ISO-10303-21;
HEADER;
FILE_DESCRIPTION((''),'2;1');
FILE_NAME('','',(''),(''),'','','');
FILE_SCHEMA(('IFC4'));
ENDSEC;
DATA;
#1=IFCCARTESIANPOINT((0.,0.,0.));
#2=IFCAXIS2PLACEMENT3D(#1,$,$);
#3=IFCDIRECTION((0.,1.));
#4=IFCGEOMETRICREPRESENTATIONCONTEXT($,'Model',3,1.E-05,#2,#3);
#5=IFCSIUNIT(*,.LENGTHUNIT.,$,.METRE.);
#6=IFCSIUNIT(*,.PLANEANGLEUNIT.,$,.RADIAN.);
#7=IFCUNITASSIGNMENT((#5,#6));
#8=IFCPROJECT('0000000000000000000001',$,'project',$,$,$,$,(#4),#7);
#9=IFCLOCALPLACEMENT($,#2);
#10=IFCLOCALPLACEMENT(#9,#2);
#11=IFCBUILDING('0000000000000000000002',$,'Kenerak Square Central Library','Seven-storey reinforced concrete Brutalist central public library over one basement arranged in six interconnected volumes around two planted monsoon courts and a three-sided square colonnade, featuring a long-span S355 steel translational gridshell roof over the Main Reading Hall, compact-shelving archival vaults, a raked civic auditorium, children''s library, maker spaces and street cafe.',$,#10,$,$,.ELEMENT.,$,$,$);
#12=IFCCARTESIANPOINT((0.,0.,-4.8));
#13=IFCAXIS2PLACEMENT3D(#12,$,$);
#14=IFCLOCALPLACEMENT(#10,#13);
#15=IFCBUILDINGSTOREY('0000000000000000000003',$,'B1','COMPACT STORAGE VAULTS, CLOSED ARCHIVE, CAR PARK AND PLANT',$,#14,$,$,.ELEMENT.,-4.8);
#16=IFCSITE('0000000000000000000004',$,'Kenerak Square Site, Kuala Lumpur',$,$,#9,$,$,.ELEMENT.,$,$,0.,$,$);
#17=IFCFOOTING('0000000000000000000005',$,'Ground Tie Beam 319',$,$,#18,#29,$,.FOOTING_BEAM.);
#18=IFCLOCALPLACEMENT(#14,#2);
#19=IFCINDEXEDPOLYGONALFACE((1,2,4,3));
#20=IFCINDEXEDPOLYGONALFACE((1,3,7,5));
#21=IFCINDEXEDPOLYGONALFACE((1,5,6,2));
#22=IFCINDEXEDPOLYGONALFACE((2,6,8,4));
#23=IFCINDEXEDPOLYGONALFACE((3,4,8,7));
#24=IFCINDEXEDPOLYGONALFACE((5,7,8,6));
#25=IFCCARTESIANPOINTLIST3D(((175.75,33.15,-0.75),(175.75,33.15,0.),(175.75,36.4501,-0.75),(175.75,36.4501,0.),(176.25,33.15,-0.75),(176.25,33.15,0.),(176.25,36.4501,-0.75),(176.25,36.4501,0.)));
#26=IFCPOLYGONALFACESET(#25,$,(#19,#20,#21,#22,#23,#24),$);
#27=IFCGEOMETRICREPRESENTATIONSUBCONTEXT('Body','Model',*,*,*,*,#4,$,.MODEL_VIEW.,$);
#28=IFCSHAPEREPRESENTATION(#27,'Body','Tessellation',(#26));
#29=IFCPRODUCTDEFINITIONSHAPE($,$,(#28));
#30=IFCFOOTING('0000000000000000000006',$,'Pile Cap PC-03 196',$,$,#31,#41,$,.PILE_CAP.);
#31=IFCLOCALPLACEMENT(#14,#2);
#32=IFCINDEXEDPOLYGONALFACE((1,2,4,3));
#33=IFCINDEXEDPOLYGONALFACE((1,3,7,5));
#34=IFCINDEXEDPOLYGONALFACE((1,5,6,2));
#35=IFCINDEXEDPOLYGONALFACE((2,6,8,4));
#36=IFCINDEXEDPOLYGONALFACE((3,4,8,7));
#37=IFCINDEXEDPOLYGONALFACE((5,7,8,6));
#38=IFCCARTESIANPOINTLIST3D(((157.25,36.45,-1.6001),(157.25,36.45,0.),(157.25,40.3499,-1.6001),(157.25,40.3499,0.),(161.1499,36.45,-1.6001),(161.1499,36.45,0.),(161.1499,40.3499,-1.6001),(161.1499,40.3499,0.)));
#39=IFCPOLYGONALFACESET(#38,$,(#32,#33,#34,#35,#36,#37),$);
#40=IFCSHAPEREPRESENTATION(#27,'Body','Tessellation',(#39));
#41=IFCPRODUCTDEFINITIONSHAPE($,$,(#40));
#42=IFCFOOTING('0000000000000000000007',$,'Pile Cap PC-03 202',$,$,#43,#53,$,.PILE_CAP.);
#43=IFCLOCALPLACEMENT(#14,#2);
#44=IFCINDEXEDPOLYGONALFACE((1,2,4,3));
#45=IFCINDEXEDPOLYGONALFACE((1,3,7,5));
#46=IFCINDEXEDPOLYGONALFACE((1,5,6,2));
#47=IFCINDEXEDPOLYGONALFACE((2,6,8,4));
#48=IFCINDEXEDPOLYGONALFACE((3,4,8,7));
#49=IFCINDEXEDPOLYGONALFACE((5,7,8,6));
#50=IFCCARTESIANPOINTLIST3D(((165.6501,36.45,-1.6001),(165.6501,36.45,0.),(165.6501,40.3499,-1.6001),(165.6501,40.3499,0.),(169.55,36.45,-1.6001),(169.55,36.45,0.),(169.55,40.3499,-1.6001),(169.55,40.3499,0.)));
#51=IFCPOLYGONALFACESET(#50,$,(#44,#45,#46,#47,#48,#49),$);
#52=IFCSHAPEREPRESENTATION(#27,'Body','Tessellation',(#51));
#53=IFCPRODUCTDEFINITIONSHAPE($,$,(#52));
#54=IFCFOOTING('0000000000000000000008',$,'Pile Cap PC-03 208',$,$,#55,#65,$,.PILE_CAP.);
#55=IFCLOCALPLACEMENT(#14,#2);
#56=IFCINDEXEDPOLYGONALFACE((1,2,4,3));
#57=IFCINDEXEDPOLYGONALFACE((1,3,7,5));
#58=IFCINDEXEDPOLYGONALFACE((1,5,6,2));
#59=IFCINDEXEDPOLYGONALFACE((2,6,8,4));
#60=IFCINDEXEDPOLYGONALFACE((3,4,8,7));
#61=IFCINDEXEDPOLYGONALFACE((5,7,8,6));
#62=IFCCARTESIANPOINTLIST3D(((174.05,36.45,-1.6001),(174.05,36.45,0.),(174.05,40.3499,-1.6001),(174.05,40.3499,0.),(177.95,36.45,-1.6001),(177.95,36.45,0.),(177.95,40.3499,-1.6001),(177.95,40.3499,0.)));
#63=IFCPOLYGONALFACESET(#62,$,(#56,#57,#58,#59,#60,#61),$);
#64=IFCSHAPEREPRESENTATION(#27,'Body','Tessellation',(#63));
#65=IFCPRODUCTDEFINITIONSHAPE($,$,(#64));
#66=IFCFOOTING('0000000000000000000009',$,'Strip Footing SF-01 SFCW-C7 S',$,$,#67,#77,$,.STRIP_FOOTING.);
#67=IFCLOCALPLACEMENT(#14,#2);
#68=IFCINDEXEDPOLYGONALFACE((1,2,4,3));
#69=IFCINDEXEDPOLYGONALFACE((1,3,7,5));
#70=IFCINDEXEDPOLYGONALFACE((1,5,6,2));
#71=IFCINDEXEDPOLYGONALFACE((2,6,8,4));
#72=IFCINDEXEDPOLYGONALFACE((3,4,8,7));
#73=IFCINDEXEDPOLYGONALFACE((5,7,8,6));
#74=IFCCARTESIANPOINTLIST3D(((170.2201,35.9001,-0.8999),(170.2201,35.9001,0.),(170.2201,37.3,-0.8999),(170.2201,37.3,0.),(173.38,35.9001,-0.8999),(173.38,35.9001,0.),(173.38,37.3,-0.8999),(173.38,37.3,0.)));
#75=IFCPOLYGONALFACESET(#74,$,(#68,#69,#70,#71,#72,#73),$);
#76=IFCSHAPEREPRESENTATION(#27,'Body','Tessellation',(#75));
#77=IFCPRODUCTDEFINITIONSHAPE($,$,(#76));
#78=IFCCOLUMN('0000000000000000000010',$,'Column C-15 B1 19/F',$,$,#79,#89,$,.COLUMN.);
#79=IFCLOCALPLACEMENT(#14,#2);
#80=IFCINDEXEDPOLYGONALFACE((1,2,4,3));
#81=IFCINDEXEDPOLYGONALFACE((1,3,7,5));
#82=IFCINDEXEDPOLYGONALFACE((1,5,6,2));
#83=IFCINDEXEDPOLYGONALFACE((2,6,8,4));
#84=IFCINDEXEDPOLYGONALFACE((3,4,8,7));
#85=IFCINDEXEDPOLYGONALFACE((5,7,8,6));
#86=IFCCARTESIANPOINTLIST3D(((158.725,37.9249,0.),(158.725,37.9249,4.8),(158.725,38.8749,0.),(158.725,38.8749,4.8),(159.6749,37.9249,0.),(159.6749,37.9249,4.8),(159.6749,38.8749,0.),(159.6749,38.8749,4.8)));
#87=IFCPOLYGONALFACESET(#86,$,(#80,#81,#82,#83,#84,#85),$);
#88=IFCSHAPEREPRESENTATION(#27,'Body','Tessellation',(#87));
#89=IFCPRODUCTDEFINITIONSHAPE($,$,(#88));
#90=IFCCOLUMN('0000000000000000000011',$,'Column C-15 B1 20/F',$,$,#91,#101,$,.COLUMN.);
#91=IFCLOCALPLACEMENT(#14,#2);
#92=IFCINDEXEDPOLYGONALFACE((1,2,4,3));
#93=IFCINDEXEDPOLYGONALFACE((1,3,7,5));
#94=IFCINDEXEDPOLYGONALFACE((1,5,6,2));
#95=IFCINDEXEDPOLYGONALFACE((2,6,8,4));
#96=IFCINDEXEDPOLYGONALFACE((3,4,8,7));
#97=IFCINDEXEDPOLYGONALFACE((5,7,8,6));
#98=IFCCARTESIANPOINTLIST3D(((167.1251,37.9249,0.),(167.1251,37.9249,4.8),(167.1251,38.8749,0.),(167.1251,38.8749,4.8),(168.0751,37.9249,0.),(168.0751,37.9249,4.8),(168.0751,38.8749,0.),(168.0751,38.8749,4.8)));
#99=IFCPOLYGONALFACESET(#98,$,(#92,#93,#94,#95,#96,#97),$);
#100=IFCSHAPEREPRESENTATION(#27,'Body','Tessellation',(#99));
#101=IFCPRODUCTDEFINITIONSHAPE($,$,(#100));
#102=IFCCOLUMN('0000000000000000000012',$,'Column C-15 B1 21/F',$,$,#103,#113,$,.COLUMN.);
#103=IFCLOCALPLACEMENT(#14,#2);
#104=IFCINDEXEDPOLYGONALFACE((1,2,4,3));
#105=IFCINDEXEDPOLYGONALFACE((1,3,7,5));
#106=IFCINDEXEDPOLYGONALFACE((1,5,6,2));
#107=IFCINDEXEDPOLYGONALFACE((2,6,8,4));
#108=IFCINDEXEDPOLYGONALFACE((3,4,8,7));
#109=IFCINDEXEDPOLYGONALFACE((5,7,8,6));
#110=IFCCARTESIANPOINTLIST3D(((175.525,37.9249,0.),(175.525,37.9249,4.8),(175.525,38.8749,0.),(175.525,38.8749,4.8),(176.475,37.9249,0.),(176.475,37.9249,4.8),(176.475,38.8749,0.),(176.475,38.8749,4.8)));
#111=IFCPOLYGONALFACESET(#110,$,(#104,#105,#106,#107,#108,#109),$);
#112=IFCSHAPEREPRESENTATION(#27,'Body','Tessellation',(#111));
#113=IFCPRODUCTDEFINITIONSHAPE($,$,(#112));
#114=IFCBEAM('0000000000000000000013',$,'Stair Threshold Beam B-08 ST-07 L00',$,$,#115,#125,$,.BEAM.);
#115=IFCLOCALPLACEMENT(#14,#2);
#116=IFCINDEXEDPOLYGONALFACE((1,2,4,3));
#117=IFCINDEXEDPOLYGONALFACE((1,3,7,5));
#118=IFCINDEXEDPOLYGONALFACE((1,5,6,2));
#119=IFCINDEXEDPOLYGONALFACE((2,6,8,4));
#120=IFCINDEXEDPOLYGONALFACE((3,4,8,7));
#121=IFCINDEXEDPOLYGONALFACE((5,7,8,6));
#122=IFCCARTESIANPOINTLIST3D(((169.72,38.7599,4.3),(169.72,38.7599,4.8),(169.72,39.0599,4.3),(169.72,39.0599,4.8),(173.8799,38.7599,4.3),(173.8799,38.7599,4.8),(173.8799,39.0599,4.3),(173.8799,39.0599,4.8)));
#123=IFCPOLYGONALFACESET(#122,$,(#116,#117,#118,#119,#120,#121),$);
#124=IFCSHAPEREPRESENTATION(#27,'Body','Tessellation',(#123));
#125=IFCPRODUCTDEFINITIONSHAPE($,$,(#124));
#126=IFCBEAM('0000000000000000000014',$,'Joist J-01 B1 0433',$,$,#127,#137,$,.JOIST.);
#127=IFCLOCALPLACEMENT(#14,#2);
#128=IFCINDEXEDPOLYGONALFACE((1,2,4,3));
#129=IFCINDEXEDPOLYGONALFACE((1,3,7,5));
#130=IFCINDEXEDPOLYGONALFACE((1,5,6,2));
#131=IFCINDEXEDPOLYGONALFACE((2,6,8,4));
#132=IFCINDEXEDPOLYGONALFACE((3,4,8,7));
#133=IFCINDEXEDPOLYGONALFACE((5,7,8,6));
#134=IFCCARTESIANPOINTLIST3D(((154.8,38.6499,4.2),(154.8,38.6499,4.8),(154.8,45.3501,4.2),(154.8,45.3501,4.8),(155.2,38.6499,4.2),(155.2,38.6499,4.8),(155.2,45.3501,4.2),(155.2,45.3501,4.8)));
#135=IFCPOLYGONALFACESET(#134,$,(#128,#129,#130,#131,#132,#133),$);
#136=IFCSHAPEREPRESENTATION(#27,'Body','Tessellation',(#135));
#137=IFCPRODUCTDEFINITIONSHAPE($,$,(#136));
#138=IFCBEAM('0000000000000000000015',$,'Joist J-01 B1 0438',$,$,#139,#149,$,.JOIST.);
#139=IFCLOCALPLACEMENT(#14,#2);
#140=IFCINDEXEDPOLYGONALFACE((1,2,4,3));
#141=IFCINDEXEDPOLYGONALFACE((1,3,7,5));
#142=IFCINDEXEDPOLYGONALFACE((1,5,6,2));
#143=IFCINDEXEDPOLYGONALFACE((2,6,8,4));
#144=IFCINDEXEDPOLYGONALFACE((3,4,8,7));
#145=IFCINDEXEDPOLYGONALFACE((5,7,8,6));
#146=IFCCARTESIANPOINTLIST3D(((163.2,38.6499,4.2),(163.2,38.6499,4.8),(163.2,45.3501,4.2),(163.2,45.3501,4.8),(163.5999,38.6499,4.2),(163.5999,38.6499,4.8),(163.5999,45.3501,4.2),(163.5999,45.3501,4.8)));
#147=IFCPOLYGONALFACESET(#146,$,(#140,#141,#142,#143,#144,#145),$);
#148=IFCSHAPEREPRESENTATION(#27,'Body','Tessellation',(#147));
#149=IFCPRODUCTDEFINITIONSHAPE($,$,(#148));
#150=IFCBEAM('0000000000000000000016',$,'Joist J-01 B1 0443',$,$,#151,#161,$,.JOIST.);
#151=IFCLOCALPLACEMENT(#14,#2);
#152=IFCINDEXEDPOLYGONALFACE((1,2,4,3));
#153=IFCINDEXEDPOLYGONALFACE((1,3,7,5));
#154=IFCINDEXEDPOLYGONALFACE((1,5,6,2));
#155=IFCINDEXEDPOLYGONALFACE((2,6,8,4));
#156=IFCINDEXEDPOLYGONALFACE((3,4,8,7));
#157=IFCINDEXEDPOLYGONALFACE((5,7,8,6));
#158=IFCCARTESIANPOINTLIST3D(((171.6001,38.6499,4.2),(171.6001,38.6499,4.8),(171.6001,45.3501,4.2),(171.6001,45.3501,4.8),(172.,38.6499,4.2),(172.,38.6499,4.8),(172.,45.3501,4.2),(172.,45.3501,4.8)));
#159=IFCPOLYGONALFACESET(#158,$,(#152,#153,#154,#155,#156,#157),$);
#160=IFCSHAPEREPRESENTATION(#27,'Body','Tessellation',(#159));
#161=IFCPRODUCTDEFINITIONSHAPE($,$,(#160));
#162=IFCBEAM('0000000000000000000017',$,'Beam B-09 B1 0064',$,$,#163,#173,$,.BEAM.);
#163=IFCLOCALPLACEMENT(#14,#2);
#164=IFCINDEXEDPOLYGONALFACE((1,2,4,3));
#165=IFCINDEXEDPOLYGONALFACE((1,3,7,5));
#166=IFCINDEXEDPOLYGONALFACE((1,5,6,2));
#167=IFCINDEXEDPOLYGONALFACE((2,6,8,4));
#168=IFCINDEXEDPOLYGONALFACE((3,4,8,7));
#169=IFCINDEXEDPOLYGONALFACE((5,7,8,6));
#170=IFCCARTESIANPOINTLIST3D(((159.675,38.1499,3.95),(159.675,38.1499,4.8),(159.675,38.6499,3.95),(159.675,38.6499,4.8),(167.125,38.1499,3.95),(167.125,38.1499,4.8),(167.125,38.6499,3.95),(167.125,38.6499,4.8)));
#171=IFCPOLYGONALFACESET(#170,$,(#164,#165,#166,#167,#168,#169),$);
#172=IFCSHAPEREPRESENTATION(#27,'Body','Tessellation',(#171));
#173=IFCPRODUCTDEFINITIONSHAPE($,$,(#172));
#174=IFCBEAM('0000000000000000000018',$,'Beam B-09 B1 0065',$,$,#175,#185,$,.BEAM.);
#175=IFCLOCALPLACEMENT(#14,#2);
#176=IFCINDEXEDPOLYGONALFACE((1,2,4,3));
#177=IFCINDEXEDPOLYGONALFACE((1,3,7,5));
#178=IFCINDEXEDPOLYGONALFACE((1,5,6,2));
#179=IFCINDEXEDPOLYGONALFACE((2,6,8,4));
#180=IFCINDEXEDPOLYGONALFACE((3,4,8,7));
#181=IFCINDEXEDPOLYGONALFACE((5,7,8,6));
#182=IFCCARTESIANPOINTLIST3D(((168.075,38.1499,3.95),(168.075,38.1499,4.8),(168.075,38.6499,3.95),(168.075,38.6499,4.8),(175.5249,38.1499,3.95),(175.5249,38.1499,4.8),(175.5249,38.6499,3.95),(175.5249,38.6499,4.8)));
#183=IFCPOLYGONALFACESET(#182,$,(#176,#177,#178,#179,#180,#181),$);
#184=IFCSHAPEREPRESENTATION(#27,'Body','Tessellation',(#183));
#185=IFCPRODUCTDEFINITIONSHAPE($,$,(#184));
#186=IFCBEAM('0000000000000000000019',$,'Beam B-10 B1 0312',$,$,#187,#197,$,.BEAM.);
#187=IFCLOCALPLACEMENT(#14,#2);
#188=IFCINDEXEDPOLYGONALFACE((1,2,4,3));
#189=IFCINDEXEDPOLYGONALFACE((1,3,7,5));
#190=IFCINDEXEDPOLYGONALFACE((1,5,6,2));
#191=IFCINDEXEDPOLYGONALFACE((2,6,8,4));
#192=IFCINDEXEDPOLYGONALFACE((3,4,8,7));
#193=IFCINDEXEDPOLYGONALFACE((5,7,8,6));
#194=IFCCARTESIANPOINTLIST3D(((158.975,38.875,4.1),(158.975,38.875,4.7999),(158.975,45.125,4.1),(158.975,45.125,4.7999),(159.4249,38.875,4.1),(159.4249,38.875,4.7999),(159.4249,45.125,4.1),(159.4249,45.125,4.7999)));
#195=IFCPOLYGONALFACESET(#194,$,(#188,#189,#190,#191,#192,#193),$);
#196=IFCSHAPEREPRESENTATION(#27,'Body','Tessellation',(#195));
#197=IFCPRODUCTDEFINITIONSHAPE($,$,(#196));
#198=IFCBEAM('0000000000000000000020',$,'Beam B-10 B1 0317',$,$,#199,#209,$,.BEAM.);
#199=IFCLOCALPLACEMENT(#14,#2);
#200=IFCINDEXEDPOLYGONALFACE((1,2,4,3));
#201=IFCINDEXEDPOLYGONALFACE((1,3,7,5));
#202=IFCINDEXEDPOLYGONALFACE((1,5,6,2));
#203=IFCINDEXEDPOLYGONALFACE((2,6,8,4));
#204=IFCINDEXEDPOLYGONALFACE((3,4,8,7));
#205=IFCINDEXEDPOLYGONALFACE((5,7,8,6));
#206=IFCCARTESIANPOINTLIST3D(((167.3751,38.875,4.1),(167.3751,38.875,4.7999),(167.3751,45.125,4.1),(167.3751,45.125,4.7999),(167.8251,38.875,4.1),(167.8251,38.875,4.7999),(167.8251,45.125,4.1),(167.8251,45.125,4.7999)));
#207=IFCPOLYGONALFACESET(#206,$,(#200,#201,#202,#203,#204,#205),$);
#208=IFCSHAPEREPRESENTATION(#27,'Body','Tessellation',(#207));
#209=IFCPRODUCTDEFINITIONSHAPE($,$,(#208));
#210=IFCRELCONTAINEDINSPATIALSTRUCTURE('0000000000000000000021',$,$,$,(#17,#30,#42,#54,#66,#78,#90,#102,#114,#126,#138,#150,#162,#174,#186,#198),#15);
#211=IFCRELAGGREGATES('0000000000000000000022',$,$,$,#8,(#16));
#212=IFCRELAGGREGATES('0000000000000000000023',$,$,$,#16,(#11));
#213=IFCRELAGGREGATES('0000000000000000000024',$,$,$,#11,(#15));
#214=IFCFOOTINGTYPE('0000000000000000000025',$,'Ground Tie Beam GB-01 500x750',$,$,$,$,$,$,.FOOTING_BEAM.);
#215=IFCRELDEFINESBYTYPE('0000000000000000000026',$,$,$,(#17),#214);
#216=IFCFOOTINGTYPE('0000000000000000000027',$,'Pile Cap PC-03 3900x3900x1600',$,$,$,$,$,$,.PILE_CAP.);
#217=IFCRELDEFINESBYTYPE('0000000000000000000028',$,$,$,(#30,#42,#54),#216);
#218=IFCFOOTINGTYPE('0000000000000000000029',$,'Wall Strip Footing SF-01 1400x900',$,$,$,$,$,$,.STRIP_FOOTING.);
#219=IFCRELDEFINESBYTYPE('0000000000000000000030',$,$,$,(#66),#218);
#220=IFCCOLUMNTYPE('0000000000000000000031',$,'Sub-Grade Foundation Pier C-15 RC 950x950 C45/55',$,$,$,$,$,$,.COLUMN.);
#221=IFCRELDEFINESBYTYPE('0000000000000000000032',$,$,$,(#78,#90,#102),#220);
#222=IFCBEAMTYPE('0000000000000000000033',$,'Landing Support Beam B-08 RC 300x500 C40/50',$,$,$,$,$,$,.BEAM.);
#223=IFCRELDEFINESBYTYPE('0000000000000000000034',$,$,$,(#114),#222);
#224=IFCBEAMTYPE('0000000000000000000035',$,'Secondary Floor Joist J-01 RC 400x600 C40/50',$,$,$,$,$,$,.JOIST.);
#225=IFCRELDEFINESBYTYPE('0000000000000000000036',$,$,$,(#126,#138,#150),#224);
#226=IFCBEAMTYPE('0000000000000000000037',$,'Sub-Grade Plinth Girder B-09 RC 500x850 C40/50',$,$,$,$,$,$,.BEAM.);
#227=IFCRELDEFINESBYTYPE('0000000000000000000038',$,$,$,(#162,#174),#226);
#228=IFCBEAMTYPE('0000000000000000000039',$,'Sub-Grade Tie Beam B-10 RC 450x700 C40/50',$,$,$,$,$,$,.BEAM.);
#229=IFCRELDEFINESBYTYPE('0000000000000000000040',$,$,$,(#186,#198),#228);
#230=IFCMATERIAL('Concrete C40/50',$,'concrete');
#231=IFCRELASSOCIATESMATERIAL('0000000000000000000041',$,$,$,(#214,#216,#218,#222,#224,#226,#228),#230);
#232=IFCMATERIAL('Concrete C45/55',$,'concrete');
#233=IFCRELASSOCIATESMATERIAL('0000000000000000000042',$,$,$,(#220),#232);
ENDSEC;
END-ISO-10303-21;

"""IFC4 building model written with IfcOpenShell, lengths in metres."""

from ifc_helpers import new_model, si_unit, direction, frame, origin, origin_2d, place, context, subcontext, project, spatial, rectangle, extrude, material, material_profile, profile_set, type_object, element, save


model = new_model("IFC4")

# Units and contexts
model_context = context("Model", 3, precision=1e-05, world=origin(), true_north=direction((0.0, 1.0)))
body_context = subcontext(model_context, "Body", "Model", "MODEL_VIEW")
ifc_project = project(units=[si_unit("LENGTHUNIT", "METRE"), si_unit("PLANEANGLEUNIT", "RADIAN")], contexts=[model_context])

# Site, building, storey
site_placement = place(None, origin())
site = spatial("IfcSite", under=ifc_project, at=site_placement, Name="Kenerak Square Site, Kuala Lumpur", CompositionType="ELEMENT", RefElevation=0.0)
building_placement = place(site_placement, origin())
building = spatial("IfcBuilding", under=site, at=building_placement, Name="Kenerak Square Central Library", Description="Seven-storey reinforced concrete Brutalist central public library over one basement arranged in six interconnected volumes around two planted monsoon courts and a three-sided square colonnade, featuring a long-span S355 steel translational gridshell roof over the Main Reading Hall, compact-shelving archival vaults, a raked civic auditorium, children's library, maker spaces and street cafe.", CompositionType="ELEMENT")
storey_placement = place(building_placement, frame((0.0, 0.0, -4.8)))
storey = spatial("IfcBuildingStorey", under=building, at=storey_placement, Name="B1", Description="COMPACT STORAGE VAULTS, CLOSED ARCHIVE, CAR PARK AND PLANT", CompositionType="ELEMENT", Elevation=-4.8)

# Shared definitions
ifc_material_1 = material(Name="Concrete C40/50", Category="concrete")

# Footings
footing_type_1 = type_object("IfcFootingType", Name="Ground Tie Beam GB-01 500x750", PredefinedType="FOOTING_BEAM", material=ifc_material_1)
footing_1_placement = place(storey_placement, frame((176.0, 34.8, -0.75), z_axis=(0.0, 0.0, 1.0), x_axis=(1.0, 0.0, 0.0)))
element("IfcFooting", 1, at=footing_1_placement, inside=storey, type_object=footing_type_1, Name="Ground Tie Beam 319", PredefinedType="FOOTING_BEAM", context=body_context, shape_type="SweptSolid", body=[
    extrude(rectangle(XDim=0.5, YDim=3.3, at=origin_2d()), origin(), (0.0, 0.0, 1.0), 0.75),
])
footing_type_2 = type_object("IfcFootingType", Name="Pile Cap PC-03 3900x3900x1600", PredefinedType="PILE_CAP", material=ifc_material_1)
for number, where, z_axis, x_axis, name in (
    (2, (159.2, 38.3999, -1.6001), (0.0, 0.0, 1.0), (1.0, 0.0, 0.0), "Pile Cap PC-03 196"),
    (3, (167.6001, 38.3999, -1.6001), (0.0, 0.0, 1.0), (1.0, 0.0, 0.0), "Pile Cap PC-03 202"),
    (4, (176.0, 38.3999, -1.6001), (0.0, 0.0, 1.0), (1.0, 0.0, 0.0), "Pile Cap PC-03 208"),
):
    element("IfcFooting", number, at=place(storey_placement, frame(where, z_axis=z_axis, x_axis=x_axis)), inside=storey, type_object=footing_type_2, Name=name, PredefinedType="PILE_CAP", context=body_context, shape_type="SweptSolid", body=[
        extrude(rectangle(XDim=3.8999, YDim=3.8999, at=origin_2d()), origin(), (0.0, 0.0, 1.0), 1.6001),
    ])
footing_type_3 = type_object("IfcFootingType", Name="Wall Strip Footing SF-01 1400x900", PredefinedType="STRIP_FOOTING", material=ifc_material_1)
footing_2_placement = place(storey_placement, frame((171.8, 36.6001, -0.8999), z_axis=(0.0, 0.0, 1.0), x_axis=(1.0, 0.0, 0.0)))
element("IfcFooting", 5, at=footing_2_placement, inside=storey, type_object=footing_type_3, Name="Strip Footing SF-01 SFCW-C7 S", PredefinedType="STRIP_FOOTING", context=body_context, shape_type="SweptSolid", body=[
    extrude(rectangle(XDim=3.1599, YDim=1.3999, at=origin_2d()), origin(), (0.0, 0.0, 1.0), 0.8999),
])

# Columns
ifc_material_2 = material(Name="Concrete C45/55", Category="concrete")
ifc_material_profile_1 = material_profile(ifc_material_2, rectangle(XDim=0.95, YDim=0.95, at=origin_2d()), Name="RC 950x950")
ifc_profile_set_1 = profile_set([ifc_material_profile_1], Name="Concrete C45/55")
column_type = type_object("IfcColumnType", Name="Sub-Grade Foundation Pier C-15 RC 950x950 C45/55", PredefinedType="COLUMN", material=ifc_profile_set_1)
for number, where, z_axis, x_axis, name in (
    (6, (159.2, 38.3999, 0.0), (0.0, 0.0, 1.0), (1.0, 0.0, 0.0), "Column C-15 B1 19/F"),
    (7, (167.6001, 38.3999, 0.0), (0.0, 0.0, 1.0), (1.0, 0.0, 0.0), "Column C-15 B1 20/F"),
    (8, (176.0, 38.3999, 0.0), (0.0, 0.0, 1.0), (1.0, 0.0, 0.0), "Column C-15 B1 21/F"),
):
    element("IfcColumn", number, at=place(storey_placement, frame(where, z_axis=z_axis, x_axis=x_axis)), inside=storey, type_object=column_type, Name=name, PredefinedType="COLUMN", context=body_context, shape_type="SweptSolid", body=[
        extrude(rectangle(XDim=0.95, YDim=0.95, at=origin_2d()), origin(), (0.0, 0.0, 1.0), 4.8),
    ])

# Beams
ifc_material_profile_2 = material_profile(ifc_material_1, rectangle(XDim=0.3, YDim=0.5, at=origin_2d()), Name="RC 300x500")
ifc_profile_set_2 = profile_set([ifc_material_profile_2], Name="Concrete C40/50")
beam_type_1 = type_object("IfcBeamType", Name="Landing Support Beam B-08 RC 300x500 C40/50", PredefinedType="BEAM", material=ifc_profile_set_2)
beam_placement = place(storey_placement, frame((169.72, 38.9099, 4.55), z_axis=(1.0, 0.0, 0.0), x_axis=(0.0, 1.0, 0.0)))
element("IfcBeam", 9, at=beam_placement, inside=storey, type_object=beam_type_1, Name="Stair Threshold Beam B-08 ST-07 L00", PredefinedType="BEAM", context=body_context, shape_type="SweptSolid", body=[
    extrude(rectangle(XDim=0.3, YDim=0.5, at=origin_2d()), origin(), (0.0, 0.0, 1.0), 4.1599),
])
ifc_material_profile_3 = material_profile(ifc_material_1, rectangle(XDim=0.3999, YDim=0.6001, at=origin_2d()), Name="RC 400x600")
ifc_profile_set_3 = profile_set([ifc_material_profile_3], Name="Concrete C40/50")
beam_type_2 = type_object("IfcBeamType", Name="Secondary Floor Joist J-01 RC 400x600 C40/50", PredefinedType="JOIST", material=ifc_profile_set_3)
for number, where, z_axis, x_axis, name in (
    (10, (155.0, 38.6499, 4.5), (0.0, 1.0, 0.0), (-1.0, 0.0, 0.0), "Joist J-01 B1 0433"),
    (11, (163.3999, 38.6499, 4.5), (0.0, 1.0, 0.0), (-1.0, 0.0, 0.0), "Joist J-01 B1 0438"),
    (12, (171.8, 38.6499, 4.5), (0.0, 1.0, 0.0), (-1.0, 0.0, 0.0), "Joist J-01 B1 0443"),
):
    element("IfcBeam", number, at=place(storey_placement, frame(where, z_axis=z_axis, x_axis=x_axis)), inside=storey, type_object=beam_type_2, Name=name, PredefinedType="JOIST", context=body_context, shape_type="SweptSolid", body=[
        extrude(rectangle(XDim=0.3999, YDim=0.6001, at=origin_2d()), origin(), (0.0, 0.0, 1.0), 6.7002),
    ])
ifc_material_profile_4 = material_profile(ifc_material_1, rectangle(XDim=0.5, YDim=0.8501, at=origin_2d()), Name="RC 500x850")
ifc_profile_set_4 = profile_set([ifc_material_profile_4], Name="Concrete C40/50")
beam_type_3 = type_object("IfcBeamType", Name="Sub-Grade Plinth Girder B-09 RC 500x850 C40/50", PredefinedType="BEAM", material=ifc_profile_set_4)
for number, where, z_axis, x_axis, name in (
    (13, (159.675, 38.3999, 4.375), (1.0, 0.0, 0.0), (0.0, 1.0, 0.0), "Beam B-09 B1 0064"),
    (14, (168.075, 38.3999, 4.375), (1.0, 0.0, 0.0), (0.0, 1.0, 0.0), "Beam B-09 B1 0065"),
):
    element("IfcBeam", number, at=place(storey_placement, frame(where, z_axis=z_axis, x_axis=x_axis)), inside=storey, type_object=beam_type_3, Name=name, PredefinedType="BEAM", context=body_context, shape_type="SweptSolid", body=[
        extrude(rectangle(XDim=0.5, YDim=0.8501, at=origin_2d()), origin(), (0.0, 0.0, 1.0), 7.45),
    ])
ifc_material_profile_5 = material_profile(ifc_material_1, rectangle(XDim=0.45, YDim=0.7, at=origin_2d()), Name="RC 450x700")
ifc_profile_set_5 = profile_set([ifc_material_profile_5], Name="Concrete C40/50")
beam_type_4 = type_object("IfcBeamType", Name="Sub-Grade Tie Beam B-10 RC 450x700 C40/50", PredefinedType="BEAM", material=ifc_profile_set_5)
for number, where, z_axis, x_axis, name in (
    (15, (159.2, 38.875, 4.45), (0.0, 1.0, 0.0), (-1.0, 0.0, 0.0), "Beam B-10 B1 0312"),
    (16, (167.6001, 38.875, 4.45), (0.0, 1.0, 0.0), (-1.0, 0.0, 0.0), "Beam B-10 B1 0317"),
):
    element("IfcBeam", number, at=place(storey_placement, frame(where, z_axis=z_axis, x_axis=x_axis)), inside=storey, type_object=beam_type_4, Name=name, PredefinedType="BEAM", context=body_context, shape_type="SweptSolid", body=[
        extrude(rectangle(XDim=0.45, YDim=0.7, at=origin_2d()), origin(), (0.0, 0.0, 1.0), 6.25),
    ])

save(model, "model.ifc")
